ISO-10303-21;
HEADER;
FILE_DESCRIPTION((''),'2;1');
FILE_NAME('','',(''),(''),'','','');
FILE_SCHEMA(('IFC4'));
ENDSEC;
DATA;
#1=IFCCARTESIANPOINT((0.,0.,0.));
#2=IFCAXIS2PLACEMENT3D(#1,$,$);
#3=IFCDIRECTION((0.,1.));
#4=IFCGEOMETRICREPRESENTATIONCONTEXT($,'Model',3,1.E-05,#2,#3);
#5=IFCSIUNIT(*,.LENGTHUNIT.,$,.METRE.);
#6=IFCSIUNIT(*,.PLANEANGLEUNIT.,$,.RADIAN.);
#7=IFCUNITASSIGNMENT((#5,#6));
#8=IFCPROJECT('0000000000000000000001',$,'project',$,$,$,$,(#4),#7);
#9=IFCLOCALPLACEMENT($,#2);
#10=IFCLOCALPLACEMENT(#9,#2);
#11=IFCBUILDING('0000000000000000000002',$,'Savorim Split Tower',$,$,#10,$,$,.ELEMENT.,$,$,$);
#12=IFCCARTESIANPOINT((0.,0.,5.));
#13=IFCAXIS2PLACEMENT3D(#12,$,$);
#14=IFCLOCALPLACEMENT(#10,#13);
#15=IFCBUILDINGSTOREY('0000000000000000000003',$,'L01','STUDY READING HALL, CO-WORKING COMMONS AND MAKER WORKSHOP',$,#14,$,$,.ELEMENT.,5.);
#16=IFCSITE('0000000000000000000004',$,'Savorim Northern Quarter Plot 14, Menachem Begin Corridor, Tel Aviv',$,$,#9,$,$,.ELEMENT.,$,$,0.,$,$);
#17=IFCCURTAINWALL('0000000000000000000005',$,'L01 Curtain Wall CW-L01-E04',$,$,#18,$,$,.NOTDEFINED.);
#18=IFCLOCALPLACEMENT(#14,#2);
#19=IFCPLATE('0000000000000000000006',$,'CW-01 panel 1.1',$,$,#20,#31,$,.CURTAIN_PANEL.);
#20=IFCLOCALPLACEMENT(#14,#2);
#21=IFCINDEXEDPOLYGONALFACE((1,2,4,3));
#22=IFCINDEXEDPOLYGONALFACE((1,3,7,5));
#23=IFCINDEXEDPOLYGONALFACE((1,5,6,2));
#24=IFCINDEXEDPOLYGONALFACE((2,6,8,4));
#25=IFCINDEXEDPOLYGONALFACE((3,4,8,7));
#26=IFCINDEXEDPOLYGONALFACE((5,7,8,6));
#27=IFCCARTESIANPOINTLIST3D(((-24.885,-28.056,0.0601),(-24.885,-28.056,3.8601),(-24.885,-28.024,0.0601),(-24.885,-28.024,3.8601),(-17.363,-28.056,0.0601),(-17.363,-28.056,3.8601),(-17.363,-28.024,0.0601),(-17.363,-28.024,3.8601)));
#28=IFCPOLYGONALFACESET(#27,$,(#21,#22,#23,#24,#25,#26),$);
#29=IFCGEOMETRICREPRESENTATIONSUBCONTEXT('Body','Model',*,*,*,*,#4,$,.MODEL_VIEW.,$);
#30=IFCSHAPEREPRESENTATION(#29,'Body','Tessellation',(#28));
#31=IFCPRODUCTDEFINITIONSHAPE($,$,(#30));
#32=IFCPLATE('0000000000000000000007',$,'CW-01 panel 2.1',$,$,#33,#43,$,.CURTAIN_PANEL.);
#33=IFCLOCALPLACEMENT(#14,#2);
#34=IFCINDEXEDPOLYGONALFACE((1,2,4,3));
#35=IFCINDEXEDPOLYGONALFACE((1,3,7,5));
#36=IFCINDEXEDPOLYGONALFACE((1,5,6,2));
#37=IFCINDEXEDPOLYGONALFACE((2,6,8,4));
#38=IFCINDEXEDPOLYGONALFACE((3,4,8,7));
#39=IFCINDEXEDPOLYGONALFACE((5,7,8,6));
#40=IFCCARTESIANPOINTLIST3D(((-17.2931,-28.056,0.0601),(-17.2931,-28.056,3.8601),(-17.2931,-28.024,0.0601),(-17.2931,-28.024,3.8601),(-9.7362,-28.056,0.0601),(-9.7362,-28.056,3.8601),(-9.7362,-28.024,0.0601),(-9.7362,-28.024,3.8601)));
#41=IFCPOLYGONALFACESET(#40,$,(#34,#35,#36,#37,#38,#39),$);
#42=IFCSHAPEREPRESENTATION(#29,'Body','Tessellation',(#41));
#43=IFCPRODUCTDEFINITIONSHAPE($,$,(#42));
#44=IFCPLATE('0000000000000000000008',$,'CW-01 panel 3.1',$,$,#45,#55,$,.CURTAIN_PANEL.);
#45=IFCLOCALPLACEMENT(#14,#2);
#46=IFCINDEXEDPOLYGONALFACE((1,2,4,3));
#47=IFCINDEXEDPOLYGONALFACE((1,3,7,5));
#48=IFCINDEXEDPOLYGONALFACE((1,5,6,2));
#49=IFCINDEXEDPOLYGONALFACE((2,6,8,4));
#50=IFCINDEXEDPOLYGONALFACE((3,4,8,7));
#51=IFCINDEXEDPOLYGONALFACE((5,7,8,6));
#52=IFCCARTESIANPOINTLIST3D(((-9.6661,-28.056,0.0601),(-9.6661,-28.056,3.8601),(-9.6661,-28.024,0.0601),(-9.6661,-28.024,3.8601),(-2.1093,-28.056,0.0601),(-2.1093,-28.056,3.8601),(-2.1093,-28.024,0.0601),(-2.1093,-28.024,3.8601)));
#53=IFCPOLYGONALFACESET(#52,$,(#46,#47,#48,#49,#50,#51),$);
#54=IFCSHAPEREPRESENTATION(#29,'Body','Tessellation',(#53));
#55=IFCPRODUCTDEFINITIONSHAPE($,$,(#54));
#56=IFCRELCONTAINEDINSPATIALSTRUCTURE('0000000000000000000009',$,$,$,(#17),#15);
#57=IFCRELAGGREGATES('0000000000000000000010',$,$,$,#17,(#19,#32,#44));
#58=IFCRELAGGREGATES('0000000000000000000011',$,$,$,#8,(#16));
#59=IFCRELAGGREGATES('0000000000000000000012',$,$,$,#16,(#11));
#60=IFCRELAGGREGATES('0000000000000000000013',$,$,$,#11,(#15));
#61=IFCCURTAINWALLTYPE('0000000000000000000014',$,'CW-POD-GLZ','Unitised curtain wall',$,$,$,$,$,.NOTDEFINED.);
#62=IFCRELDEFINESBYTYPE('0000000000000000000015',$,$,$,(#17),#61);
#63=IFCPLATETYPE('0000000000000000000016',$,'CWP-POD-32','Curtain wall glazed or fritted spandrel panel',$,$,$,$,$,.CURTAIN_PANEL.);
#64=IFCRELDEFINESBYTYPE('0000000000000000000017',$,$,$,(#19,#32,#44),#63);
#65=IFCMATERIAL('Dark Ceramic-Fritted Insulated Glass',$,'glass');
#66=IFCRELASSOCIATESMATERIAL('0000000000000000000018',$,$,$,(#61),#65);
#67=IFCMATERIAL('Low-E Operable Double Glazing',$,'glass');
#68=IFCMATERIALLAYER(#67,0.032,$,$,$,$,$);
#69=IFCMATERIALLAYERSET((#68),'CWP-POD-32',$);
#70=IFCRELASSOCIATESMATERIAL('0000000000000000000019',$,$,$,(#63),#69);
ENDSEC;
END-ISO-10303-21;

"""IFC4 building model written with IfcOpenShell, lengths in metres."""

from ifc_helpers import new_model, si_unit, direction, frame, origin, origin_2d, place, context, subcontext, project, spatial, rectangle, extrude, material, layer, layer_set, type_object, element, aggregate, save


model = new_model("IFC4")

# Units and contexts
model_context = context("Model", 3, precision=1e-05, world=origin(), true_north=direction((0.0, 1.0)))
body_context = subcontext(model_context, "Body", "Model", "MODEL_VIEW")
ifc_project = project(units=[si_unit("LENGTHUNIT", "METRE"), si_unit("PLANEANGLEUNIT", "RADIAN")], contexts=[model_context])

# Site, building, storey
site_placement = place(None, origin())
site = spatial("IfcSite", under=ifc_project, at=site_placement, Name="Savorim Northern Quarter Plot 14, Menachem Begin Corridor, Tel Aviv", CompositionType="ELEMENT", RefElevation=0.0)
building_placement = place(site_placement, origin())
building = spatial("IfcBuilding", under=site, at=building_placement, Name="Savorim Split Tower", CompositionType="ELEMENT")
storey_placement = place(building_placement, frame((0.0, 0.0, 5.0)))
storey = spatial("IfcBuildingStorey", under=building, at=storey_placement, Name="L01", Description="STUDY READING HALL, CO-WORKING COMMONS AND MAKER WORKSHOP", CompositionType="ELEMENT", Elevation=5.0)

# Curtain wall, plates
ifc_material_1 = material(Name="Dark Ceramic-Fritted Insulated Glass", Category="glass")
curtain_wall_type = type_object("IfcCurtainWallType", Name="CW-POD-GLZ", Description="Unitised curtain wall", PredefinedType="NOTDEFINED", material=ifc_material_1)
curtain_wall_placement = place(storey_placement, origin())
curtain_wall = element("IfcCurtainWall", 1, at=curtain_wall_placement, inside=storey, type_object=curtain_wall_type, Name="L01 Curtain Wall CW-L01-E04", PredefinedType="NOTDEFINED")
ifc_material_2 = material(Name="Low-E Operable Double Glazing", Category="glass")
ifc_layer = layer(ifc_material_2, 0.032)
ifc_layer_set = layer_set([ifc_layer], Name="CWP-POD-32")
plate_type = type_object("IfcPlateType", Name="CWP-POD-32", Description="Curtain wall glazed or fritted spandrel panel", PredefinedType="CURTAIN_PANEL", material=ifc_layer_set)
plate_1_placement = place(storey_placement, frame((-21.124, -28.04, 0.0601), z_axis=(0.0, 0.0, 1.0), x_axis=(1.0, 0.0, 0.0)))
plate_1 = element("IfcPlate", 2, at=plate_1_placement, type_object=plate_type, Name="CW-01 panel 1.1", PredefinedType="CURTAIN_PANEL", context=body_context, shape_type="SweptSolid", body=[
    extrude(rectangle(XDim=7.522, YDim=0.032, at=origin_2d()), origin(), (0.0, 0.0, 1.0), 3.8),
])
plate_2_placement = place(storey_placement, frame((-13.5146, -28.04, 0.0601), z_axis=(0.0, 0.0, 1.0), x_axis=(1.0, 0.0, 0.0)))
plate_2 = element("IfcPlate", 3, at=plate_2_placement, type_object=plate_type, Name="CW-01 panel 2.1", PredefinedType="CURTAIN_PANEL", context=body_context, shape_type="SweptSolid", body=[
    extrude(rectangle(XDim=7.5569, YDim=0.032, at=origin_2d()), origin(), (0.0, 0.0, 1.0), 3.8),
])
plate_3_placement = place(storey_placement, frame((-5.8877, -28.04, 0.0601), z_axis=(0.0, 0.0, 1.0), x_axis=(1.0, 0.0, 0.0)))
plate_3 = element("IfcPlate", 4, at=plate_3_placement, type_object=plate_type, Name="CW-01 panel 3.1", PredefinedType="CURTAIN_PANEL", context=body_context, shape_type="SweptSolid", body=[
    extrude(rectangle(XDim=7.5569, YDim=0.032, at=origin_2d()), origin(), (0.0, 0.0, 1.0), 3.8),
])
aggregate(curtain_wall, [plate_1, plate_2, plate_3])

save(model, "model.ifc")
